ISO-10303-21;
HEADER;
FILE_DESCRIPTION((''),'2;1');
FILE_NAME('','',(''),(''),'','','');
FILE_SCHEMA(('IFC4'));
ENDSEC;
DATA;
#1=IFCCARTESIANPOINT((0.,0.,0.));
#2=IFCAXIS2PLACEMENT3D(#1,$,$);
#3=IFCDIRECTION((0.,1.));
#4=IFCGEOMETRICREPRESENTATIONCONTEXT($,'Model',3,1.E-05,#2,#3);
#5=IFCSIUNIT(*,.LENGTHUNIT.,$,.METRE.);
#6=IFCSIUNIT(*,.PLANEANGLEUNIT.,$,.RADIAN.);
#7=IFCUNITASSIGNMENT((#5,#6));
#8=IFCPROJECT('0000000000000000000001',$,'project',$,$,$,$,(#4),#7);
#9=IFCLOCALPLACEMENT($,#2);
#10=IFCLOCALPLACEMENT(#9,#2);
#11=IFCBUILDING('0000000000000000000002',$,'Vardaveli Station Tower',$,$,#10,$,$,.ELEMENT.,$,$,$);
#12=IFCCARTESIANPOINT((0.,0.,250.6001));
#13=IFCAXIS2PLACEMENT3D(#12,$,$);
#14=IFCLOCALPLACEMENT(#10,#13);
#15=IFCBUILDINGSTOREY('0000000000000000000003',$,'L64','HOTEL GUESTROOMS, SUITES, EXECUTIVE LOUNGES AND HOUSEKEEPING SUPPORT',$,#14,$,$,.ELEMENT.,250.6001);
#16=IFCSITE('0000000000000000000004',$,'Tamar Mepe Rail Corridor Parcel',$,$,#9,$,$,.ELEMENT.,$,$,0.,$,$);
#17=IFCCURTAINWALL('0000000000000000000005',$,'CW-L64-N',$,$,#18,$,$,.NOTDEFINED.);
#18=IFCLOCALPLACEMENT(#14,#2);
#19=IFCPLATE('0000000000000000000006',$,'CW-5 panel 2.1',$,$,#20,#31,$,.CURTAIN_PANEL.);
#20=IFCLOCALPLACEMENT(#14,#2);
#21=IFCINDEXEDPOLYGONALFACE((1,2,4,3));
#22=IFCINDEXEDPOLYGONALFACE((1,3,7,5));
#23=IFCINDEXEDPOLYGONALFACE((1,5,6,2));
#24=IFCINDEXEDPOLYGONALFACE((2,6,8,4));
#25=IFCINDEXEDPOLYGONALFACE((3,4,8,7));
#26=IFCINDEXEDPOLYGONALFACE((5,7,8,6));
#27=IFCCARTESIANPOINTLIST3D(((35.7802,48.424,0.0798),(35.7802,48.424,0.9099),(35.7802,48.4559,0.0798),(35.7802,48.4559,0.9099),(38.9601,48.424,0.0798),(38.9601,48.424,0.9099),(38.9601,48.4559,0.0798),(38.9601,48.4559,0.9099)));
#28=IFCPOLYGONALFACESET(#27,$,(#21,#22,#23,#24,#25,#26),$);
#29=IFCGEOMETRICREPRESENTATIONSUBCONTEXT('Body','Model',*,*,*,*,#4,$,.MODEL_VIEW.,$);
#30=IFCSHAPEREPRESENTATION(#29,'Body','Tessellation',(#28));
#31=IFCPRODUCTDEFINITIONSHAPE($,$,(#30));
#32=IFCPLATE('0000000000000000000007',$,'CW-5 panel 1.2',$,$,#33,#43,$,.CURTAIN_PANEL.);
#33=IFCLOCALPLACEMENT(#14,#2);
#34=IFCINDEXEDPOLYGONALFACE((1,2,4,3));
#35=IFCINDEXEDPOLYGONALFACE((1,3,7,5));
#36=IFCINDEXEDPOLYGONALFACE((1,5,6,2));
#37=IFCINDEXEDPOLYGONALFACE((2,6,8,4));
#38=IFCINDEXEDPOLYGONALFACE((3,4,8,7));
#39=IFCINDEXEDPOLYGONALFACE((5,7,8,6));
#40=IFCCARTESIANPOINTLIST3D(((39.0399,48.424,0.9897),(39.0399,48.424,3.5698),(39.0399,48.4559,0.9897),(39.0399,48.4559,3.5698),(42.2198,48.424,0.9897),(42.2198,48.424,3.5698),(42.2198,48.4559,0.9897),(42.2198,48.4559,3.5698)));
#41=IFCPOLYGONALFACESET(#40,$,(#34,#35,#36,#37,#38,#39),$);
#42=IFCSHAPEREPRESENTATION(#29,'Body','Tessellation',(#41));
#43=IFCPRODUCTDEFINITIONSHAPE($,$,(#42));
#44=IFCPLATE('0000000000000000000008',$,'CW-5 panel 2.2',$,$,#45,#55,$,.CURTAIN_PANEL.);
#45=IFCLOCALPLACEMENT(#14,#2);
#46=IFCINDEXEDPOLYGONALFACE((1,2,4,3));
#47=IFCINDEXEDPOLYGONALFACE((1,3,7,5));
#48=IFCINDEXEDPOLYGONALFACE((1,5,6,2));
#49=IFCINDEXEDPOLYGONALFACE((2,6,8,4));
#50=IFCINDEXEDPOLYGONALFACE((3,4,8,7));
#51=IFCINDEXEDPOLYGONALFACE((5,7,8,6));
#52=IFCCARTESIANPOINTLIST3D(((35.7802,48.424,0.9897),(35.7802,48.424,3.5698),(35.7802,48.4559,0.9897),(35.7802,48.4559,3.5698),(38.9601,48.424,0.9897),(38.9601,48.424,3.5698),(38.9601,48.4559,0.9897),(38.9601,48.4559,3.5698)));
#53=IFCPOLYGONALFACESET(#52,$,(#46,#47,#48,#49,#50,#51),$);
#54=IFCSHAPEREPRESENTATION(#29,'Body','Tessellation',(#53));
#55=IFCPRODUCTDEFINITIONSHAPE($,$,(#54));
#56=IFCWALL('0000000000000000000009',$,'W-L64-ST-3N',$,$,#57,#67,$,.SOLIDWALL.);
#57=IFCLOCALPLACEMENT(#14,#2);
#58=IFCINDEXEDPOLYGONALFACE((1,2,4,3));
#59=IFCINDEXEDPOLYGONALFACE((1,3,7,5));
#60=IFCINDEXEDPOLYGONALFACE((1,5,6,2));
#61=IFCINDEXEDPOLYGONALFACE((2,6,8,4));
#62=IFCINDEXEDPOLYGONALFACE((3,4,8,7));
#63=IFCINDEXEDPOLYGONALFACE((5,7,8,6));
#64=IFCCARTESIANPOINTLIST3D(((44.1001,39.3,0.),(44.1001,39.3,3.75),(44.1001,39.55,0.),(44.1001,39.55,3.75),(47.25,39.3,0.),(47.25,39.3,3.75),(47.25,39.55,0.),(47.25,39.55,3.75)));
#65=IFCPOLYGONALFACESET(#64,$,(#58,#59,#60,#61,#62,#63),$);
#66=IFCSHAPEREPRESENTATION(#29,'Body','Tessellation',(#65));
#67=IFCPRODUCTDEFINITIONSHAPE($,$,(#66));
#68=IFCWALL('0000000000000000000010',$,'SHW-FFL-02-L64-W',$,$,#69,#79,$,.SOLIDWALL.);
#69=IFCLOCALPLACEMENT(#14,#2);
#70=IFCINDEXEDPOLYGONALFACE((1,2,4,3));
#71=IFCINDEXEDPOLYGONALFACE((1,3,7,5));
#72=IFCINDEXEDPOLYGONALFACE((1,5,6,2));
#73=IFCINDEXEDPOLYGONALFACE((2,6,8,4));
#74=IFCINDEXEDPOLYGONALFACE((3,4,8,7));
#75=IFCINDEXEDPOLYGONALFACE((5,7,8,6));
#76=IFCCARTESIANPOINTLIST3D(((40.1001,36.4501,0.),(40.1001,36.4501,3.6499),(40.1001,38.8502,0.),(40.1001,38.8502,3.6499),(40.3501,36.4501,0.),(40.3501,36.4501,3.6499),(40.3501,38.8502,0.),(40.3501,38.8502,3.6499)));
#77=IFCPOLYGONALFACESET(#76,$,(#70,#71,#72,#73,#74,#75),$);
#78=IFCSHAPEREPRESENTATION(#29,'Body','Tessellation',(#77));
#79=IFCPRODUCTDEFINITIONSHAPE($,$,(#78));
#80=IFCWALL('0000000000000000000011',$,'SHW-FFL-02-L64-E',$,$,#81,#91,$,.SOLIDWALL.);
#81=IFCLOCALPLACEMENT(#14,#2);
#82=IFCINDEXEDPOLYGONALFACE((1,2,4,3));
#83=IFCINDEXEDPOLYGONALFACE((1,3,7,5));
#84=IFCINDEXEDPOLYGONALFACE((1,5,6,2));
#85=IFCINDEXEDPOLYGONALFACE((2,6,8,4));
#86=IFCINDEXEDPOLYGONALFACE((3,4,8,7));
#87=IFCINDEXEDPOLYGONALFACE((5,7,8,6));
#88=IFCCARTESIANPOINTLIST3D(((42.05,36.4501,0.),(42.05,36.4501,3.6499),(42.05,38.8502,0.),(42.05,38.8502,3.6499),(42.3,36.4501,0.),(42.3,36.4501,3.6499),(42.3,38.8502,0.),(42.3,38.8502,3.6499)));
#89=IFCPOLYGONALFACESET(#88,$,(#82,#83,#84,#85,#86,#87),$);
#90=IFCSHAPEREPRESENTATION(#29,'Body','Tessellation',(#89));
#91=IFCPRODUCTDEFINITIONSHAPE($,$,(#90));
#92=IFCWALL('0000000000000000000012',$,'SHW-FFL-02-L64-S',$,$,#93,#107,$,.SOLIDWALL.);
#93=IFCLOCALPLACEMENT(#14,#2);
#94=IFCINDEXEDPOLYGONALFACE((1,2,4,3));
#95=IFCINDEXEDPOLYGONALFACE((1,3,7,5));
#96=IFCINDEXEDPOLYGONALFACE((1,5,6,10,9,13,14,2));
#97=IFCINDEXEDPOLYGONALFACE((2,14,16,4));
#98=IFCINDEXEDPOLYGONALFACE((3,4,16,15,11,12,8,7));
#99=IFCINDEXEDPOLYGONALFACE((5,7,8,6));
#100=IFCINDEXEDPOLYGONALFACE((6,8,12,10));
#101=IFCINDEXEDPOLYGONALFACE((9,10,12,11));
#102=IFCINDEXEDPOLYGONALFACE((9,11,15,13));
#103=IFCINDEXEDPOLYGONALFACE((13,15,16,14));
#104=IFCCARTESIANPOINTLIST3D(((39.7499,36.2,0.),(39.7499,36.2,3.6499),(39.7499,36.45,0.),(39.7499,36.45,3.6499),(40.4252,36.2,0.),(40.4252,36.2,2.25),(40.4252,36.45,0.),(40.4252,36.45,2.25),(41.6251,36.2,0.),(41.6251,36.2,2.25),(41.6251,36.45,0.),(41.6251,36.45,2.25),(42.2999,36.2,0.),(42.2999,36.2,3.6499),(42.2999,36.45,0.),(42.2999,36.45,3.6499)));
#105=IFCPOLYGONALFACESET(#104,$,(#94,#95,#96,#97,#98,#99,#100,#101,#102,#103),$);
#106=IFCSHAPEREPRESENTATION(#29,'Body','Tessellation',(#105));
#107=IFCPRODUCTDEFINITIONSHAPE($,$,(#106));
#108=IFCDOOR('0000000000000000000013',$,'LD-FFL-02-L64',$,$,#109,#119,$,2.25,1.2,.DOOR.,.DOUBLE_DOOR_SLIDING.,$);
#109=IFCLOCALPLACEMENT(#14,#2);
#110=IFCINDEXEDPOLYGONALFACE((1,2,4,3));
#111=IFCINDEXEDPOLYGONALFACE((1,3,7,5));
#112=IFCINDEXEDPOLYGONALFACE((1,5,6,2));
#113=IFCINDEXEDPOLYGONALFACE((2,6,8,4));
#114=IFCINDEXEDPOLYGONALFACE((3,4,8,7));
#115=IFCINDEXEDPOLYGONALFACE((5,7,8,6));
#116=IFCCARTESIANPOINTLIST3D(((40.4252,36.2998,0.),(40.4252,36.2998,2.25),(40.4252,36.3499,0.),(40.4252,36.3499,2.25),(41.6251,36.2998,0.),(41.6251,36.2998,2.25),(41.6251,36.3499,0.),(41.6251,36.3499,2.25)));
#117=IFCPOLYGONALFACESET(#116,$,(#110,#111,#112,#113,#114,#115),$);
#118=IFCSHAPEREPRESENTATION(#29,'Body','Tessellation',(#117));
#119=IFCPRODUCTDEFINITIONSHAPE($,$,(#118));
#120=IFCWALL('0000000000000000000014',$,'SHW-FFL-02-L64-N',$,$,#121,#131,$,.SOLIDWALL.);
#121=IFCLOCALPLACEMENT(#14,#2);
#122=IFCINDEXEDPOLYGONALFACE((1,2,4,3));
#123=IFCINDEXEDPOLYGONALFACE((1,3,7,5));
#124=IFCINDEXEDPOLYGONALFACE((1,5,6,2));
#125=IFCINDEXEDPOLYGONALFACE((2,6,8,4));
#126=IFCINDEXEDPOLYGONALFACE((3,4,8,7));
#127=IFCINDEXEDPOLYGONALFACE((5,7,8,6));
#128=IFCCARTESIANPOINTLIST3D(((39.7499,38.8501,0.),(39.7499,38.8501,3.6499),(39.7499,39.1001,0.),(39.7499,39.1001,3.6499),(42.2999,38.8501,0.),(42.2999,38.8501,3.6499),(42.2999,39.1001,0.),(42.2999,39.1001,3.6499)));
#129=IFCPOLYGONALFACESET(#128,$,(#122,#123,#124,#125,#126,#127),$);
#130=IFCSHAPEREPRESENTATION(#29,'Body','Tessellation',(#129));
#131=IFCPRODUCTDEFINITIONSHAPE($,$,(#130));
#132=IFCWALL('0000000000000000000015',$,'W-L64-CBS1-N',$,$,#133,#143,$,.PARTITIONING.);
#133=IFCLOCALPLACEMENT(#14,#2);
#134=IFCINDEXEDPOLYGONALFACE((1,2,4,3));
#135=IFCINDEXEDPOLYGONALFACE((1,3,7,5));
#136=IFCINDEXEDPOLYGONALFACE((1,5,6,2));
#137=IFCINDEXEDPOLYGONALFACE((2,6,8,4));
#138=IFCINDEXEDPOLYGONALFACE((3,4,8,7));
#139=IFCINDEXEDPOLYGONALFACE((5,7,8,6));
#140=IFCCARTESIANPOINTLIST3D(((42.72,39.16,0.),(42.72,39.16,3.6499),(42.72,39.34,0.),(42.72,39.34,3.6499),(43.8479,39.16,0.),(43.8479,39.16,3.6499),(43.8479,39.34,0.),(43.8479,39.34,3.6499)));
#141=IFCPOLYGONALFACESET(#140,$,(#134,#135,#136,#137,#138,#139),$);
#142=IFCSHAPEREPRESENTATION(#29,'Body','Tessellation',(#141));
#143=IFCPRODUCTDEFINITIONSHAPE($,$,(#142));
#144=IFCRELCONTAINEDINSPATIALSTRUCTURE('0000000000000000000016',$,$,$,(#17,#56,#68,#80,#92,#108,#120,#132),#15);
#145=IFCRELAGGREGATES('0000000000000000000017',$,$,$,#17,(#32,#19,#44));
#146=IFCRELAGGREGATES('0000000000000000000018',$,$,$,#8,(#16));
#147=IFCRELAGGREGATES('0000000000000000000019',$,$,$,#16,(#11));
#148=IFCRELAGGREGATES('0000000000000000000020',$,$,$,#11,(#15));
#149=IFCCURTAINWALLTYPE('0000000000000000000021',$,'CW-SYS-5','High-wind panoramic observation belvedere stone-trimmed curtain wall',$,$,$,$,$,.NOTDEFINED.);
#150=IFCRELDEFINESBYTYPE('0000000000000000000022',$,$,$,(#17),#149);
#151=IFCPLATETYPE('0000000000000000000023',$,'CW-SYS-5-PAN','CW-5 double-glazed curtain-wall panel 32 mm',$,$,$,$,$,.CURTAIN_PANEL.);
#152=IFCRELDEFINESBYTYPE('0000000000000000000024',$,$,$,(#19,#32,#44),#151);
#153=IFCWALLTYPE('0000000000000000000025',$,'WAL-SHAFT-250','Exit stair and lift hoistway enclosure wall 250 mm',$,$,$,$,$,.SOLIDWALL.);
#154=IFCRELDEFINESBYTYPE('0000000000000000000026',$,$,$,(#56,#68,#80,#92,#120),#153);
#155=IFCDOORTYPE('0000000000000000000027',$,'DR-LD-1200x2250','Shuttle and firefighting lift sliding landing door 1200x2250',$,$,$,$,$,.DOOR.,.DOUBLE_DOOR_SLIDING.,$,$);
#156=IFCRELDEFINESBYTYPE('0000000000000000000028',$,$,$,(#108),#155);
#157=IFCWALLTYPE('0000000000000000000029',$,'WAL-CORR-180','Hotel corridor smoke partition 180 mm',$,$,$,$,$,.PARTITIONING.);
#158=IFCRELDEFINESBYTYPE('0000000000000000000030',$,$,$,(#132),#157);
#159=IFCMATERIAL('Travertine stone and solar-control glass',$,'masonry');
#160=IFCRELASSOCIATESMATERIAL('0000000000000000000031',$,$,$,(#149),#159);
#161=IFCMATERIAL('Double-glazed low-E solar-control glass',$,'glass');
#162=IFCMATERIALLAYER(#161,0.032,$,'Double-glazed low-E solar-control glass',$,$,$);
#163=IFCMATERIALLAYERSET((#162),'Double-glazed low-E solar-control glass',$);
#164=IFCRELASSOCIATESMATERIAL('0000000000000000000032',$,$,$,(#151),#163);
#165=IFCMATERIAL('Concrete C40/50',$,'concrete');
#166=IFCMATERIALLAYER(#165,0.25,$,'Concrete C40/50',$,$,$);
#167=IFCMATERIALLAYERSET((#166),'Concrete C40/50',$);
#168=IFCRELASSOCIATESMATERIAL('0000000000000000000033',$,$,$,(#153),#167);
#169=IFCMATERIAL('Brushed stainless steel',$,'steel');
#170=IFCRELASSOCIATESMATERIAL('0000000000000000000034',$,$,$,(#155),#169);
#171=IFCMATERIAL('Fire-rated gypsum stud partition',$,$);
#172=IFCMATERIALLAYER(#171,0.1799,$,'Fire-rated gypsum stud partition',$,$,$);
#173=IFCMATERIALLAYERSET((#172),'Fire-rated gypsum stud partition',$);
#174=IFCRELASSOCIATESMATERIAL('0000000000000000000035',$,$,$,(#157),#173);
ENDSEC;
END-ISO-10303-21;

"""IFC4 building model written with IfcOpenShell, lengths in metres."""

from ifc_helpers import new_model, si_unit, direction, frame, frame_2d, origin, origin_2d, place, context, subcontext, project, spatial, rectangle, extrude, source, transform, mapped, material, layer, layer_set, type_object, element, fill, aggregate, save


model = new_model("IFC4")

# Units and contexts
model_context = context("Model", 3, precision=1e-05, world=origin(), true_north=direction((0.0, 1.0)))
body_context = subcontext(model_context, "Body", "Model", "MODEL_VIEW")
ifc_project = project(units=[si_unit("LENGTHUNIT", "METRE"), si_unit("PLANEANGLEUNIT", "RADIAN")], contexts=[model_context])

# Site, building, storey
site_placement = place(None, origin())
site = spatial("IfcSite", under=ifc_project, at=site_placement, Name="Tamar Mepe Rail Corridor Parcel", CompositionType="ELEMENT", RefElevation=0.0)
building_placement = place(site_placement, origin())
building = spatial("IfcBuilding", under=site, at=building_placement, Name="Vardaveli Station Tower", CompositionType="ELEMENT")
storey_placement = place(building_placement, frame((0.0, 0.0, 250.6001)))
storey = spatial("IfcBuildingStorey", under=building, at=storey_placement, Name="L64", Description="HOTEL GUESTROOMS, SUITES, EXECUTIVE LOUNGES AND HOUSEKEEPING SUPPORT", CompositionType="ELEMENT", Elevation=250.6001)

# Curtain wall, plates
ifc_material_1 = material(Name="Travertine stone and solar-control glass", Category="masonry")
curtain_wall_type = type_object("IfcCurtainWallType", Name="CW-SYS-5", Description="High-wind panoramic observation belvedere stone-trimmed curtain wall", PredefinedType="NOTDEFINED", material=ifc_material_1)
curtain_wall_placement = place(storey_placement, origin())
curtain_wall = element("IfcCurtainWall", 1, at=curtain_wall_placement, inside=storey, type_object=curtain_wall_type, Name="CW-L64-N", PredefinedType="NOTDEFINED")
ifc_material_2 = material(Name="Double-glazed low-E solar-control glass", Category="glass")
ifc_layer_1 = layer(ifc_material_2, 0.032, Name="Double-glazed low-E solar-control glass")
ifc_layer_set_1 = layer_set([ifc_layer_1], Name="Double-glazed low-E solar-control glass")
plate_type = type_object("IfcPlateType", Name="CW-SYS-5-PAN", Description="CW-5 double-glazed curtain-wall panel 32 mm", PredefinedType="CURTAIN_PANEL", material=ifc_layer_set_1)
shared_shape_1 = source(origin(), body_context, "Body", "SweptSolid", [
    extrude(rectangle(XDim=3.1799, YDim=0.032, at=origin_2d()), origin(), (0.0, 0.0, 1.0), 0.8301),
])
plate_1_placement = place(storey_placement, frame((37.3701, 48.4399, 0.0798), z_axis=(0.0, 0.0, 1.0), x_axis=(-1.0, 0.0, 0.0)))
plate_1 = element("IfcPlate", 2, at=plate_1_placement, type_object=plate_type, Name="CW-5 panel 2.1", PredefinedType="CURTAIN_PANEL", context=body_context, shape_type="MappedRepresentation", body=[
    mapped(shared_shape_1, transform((0.0, 0.0, 0.0), scale=1.0)),
])
shared_shape_2 = source(origin(), body_context, "Body", "SweptSolid", [
    extrude(rectangle(XDim=3.1799, YDim=0.032, at=origin_2d()), origin(), (0.0, 0.0, 1.0), 2.5801),
])
plate_2_placement = place(storey_placement, frame((40.6299, 48.4399, 0.9897), z_axis=(0.0, 0.0, 1.0), x_axis=(-1.0, 0.0, 0.0)))
plate_2 = element("IfcPlate", 3, at=plate_2_placement, type_object=plate_type, Name="CW-5 panel 1.2", PredefinedType="CURTAIN_PANEL", context=body_context, shape_type="MappedRepresentation", body=[
    mapped(shared_shape_2, transform((0.0, 0.0, 0.0), scale=1.0)),
])
plate_3_placement = place(storey_placement, frame((37.3701, 48.4399, 0.9897), z_axis=(0.0, 0.0, 1.0), x_axis=(-1.0, 0.0, 0.0)))
plate_3 = element("IfcPlate", 4, at=plate_3_placement, type_object=plate_type, Name="CW-5 panel 2.2", PredefinedType="CURTAIN_PANEL", context=body_context, shape_type="MappedRepresentation", body=[
    mapped(shared_shape_2, transform((0.0, 0.0, 0.0), scale=1.0)),
])
aggregate(curtain_wall, [plate_2, plate_1, plate_3])

# Walls
ifc_material_3 = material(Name="Concrete C40/50", Category="concrete")
ifc_layer_2 = layer(ifc_material_3, 0.25, Name="Concrete C40/50")
ifc_layer_set_2 = layer_set([ifc_layer_2], Name="Concrete C40/50")
wall_type_1 = type_object("IfcWallType", Name="WAL-SHAFT-250", Description="Exit stair and lift hoistway enclosure wall 250 mm", PredefinedType="SOLIDWALL", material=ifc_layer_set_2)
shared_shape_3 = source(origin(), body_context, "Body", "SweptSolid", [
    extrude(rectangle(XDim=3.1499, YDim=0.25, at=frame_2d((1.575, 0.0))), origin(), (0.0, 0.0, 1.0), 3.75),
])
wall_1_placement = place(storey_placement, frame((44.1001, 39.425, 0.0), z_axis=(0.0, 0.0, 1.0), x_axis=(1.0, 0.0, 0.0)))
element("IfcWall", 5, at=wall_1_placement, inside=storey, type_object=wall_type_1, Name="W-L64-ST-3N", PredefinedType="SOLIDWALL", context=body_context, shape_type="MappedRepresentation", body=[
    mapped(shared_shape_3, transform((0.0, 0.0, 0.0), scale=1.0)),
])
shared_shape_4 = source(origin(), body_context, "Body", "SweptSolid", [
    extrude(rectangle(XDim=2.4001, YDim=0.25, at=frame_2d((1.2002, 0.0))), origin(), (0.0, 0.0, 1.0), 3.6499),
])
for number, where, z_axis, x_axis, name in (
    (6, (40.2251, 36.45, 0.0), (0.0, 0.0, 1.0), (0.0, 1.0, 0.0), "SHW-FFL-02-L64-W"),
    (7, (42.175, 36.45, 0.0), (0.0, 0.0, 1.0), (0.0, 1.0, 0.0), "SHW-FFL-02-L64-E"),
):
    element("IfcWall", number, at=place(storey_placement, frame(where, z_axis=z_axis, x_axis=x_axis)), inside=storey, type_object=wall_type_1, Name=name, PredefinedType="SOLIDWALL", context=body_context, shape_type="MappedRepresentation", body=[
        mapped(shared_shape_4, transform((0.0, 0.0, 0.0), scale=1.0)),
    ])

# Wall, opening, door
shared_shape_5 = source(origin(), body_context, "Body", "SweptSolid", [
    extrude(rectangle(XDim=2.55, YDim=0.25, at=frame_2d((1.2749, 0.0))), origin(), (0.0, 0.0, 1.0), 3.6499),
])
wall_2_placement = place(storey_placement, frame((39.75, 36.325, 0.0), z_axis=(0.0, 0.0, 1.0), x_axis=(1.0, 0.0, 0.0)))
wall_2 = element("IfcWall", 8, at=wall_2_placement, inside=storey, type_object=wall_type_1, Name="SHW-FFL-02-L64-S", PredefinedType="SOLIDWALL", context=body_context, shape_type="MappedRepresentation", body=[
    mapped(shared_shape_5, transform((0.0, 0.0, 0.0), scale=1.0)),
])
shared_shape_6 = source(origin(), body_context, "Body", "SweptSolid", [
    extrude(rectangle(XDim=1.2, YDim=2.25, at=frame_2d((0.6001, 1.125))), frame((0.0, 0.135, 0.0), z_axis=(0.0, -1.0, 0.0), x_axis=(1.0, 0.0, 0.0)), (0.0, 0.0, 1.0), 0.27),
])
opening_placement = place(wall_2_placement, frame((0.675, 0.0, 0.0)))
opening = element("IfcOpeningElement", 9, at=opening_placement, cuts=wall_2, PredefinedType="OPENING", context=body_context, shape_type="MappedRepresentation", body=[
    mapped(shared_shape_6, transform((0.0, 0.0, 0.0), scale=1.0)),
])
ifc_material_4 = material(Name="Brushed stainless steel", Category="steel")
door_type = type_object("IfcDoorType", Name="DR-LD-1200x2250", Description="Shuttle and firefighting lift sliding landing door 1200x2250", OperationType="DOUBLE_DOOR_SLIDING", PredefinedType="DOOR", material=ifc_material_4)
shared_shape_7 = source(origin(), body_context, "Body", "SweptSolid", [
    extrude(rectangle(XDim=1.2, YDim=2.25, at=frame_2d((0.6001, 1.125))), frame((0.0, 0.0249, 0.0), z_axis=(0.0, -1.0, 0.0), x_axis=(1.0, 0.0, 0.0)), (0.0, 0.0, 1.0), 0.05),
])
door_placement = place(opening_placement, origin())
door = element("IfcDoor", 10, at=door_placement, inside=storey, type_object=door_type, Name="LD-FFL-02-L64", OperationType="DOUBLE_DOOR_SLIDING", OverallHeight=2.25, OverallWidth=1.2, PredefinedType="DOOR", context=body_context, shape_type="MappedRepresentation", body=[
    mapped(shared_shape_7, transform((0.0, 0.0, 0.0), scale=1.0)),
])
fill(opening, door)

# Walls
wall_3_placement = place(storey_placement, frame((39.75, 38.9751, 0.0), z_axis=(0.0, 0.0, 1.0), x_axis=(1.0, 0.0, 0.0)))
element("IfcWall", 11, at=wall_3_placement, inside=storey, type_object=wall_type_1, Name="SHW-FFL-02-L64-N", PredefinedType="SOLIDWALL", context=body_context, shape_type="MappedRepresentation", body=[
    mapped(shared_shape_5, transform((0.0, 0.0, 0.0), scale=1.0)),
])
ifc_material_5 = material(Name="Fire-rated gypsum stud partition")
ifc_layer_3 = layer(ifc_material_5, 0.1799, Name="Fire-rated gypsum stud partition")
ifc_layer_set_3 = layer_set([ifc_layer_3], Name="Fire-rated gypsum stud partition")
wall_type_2 = type_object("IfcWallType", Name="WAL-CORR-180", Description="Hotel corridor smoke partition 180 mm", PredefinedType="PARTITIONING", material=ifc_layer_set_3)
shared_shape_8 = source(origin(), body_context, "Body", "SweptSolid", [
    extrude(rectangle(XDim=1.1279, YDim=0.1799, at=frame_2d((0.564, 0.0))), origin(), (0.0, 0.0, 1.0), 3.6499),
])
wall_4_placement = place(storey_placement, frame((42.72, 39.25, 0.0), z_axis=(0.0, 0.0, 1.0), x_axis=(1.0, 0.0, 0.0)))
element("IfcWall", 12, at=wall_4_placement, inside=storey, type_object=wall_type_2, Name="W-L64-CBS1-N", PredefinedType="PARTITIONING", context=body_context, shape_type="MappedRepresentation", body=[
    mapped(shared_shape_8, transform((0.0, 0.0, 0.0), scale=1.0)),
])

save(model, "model.ifc")
